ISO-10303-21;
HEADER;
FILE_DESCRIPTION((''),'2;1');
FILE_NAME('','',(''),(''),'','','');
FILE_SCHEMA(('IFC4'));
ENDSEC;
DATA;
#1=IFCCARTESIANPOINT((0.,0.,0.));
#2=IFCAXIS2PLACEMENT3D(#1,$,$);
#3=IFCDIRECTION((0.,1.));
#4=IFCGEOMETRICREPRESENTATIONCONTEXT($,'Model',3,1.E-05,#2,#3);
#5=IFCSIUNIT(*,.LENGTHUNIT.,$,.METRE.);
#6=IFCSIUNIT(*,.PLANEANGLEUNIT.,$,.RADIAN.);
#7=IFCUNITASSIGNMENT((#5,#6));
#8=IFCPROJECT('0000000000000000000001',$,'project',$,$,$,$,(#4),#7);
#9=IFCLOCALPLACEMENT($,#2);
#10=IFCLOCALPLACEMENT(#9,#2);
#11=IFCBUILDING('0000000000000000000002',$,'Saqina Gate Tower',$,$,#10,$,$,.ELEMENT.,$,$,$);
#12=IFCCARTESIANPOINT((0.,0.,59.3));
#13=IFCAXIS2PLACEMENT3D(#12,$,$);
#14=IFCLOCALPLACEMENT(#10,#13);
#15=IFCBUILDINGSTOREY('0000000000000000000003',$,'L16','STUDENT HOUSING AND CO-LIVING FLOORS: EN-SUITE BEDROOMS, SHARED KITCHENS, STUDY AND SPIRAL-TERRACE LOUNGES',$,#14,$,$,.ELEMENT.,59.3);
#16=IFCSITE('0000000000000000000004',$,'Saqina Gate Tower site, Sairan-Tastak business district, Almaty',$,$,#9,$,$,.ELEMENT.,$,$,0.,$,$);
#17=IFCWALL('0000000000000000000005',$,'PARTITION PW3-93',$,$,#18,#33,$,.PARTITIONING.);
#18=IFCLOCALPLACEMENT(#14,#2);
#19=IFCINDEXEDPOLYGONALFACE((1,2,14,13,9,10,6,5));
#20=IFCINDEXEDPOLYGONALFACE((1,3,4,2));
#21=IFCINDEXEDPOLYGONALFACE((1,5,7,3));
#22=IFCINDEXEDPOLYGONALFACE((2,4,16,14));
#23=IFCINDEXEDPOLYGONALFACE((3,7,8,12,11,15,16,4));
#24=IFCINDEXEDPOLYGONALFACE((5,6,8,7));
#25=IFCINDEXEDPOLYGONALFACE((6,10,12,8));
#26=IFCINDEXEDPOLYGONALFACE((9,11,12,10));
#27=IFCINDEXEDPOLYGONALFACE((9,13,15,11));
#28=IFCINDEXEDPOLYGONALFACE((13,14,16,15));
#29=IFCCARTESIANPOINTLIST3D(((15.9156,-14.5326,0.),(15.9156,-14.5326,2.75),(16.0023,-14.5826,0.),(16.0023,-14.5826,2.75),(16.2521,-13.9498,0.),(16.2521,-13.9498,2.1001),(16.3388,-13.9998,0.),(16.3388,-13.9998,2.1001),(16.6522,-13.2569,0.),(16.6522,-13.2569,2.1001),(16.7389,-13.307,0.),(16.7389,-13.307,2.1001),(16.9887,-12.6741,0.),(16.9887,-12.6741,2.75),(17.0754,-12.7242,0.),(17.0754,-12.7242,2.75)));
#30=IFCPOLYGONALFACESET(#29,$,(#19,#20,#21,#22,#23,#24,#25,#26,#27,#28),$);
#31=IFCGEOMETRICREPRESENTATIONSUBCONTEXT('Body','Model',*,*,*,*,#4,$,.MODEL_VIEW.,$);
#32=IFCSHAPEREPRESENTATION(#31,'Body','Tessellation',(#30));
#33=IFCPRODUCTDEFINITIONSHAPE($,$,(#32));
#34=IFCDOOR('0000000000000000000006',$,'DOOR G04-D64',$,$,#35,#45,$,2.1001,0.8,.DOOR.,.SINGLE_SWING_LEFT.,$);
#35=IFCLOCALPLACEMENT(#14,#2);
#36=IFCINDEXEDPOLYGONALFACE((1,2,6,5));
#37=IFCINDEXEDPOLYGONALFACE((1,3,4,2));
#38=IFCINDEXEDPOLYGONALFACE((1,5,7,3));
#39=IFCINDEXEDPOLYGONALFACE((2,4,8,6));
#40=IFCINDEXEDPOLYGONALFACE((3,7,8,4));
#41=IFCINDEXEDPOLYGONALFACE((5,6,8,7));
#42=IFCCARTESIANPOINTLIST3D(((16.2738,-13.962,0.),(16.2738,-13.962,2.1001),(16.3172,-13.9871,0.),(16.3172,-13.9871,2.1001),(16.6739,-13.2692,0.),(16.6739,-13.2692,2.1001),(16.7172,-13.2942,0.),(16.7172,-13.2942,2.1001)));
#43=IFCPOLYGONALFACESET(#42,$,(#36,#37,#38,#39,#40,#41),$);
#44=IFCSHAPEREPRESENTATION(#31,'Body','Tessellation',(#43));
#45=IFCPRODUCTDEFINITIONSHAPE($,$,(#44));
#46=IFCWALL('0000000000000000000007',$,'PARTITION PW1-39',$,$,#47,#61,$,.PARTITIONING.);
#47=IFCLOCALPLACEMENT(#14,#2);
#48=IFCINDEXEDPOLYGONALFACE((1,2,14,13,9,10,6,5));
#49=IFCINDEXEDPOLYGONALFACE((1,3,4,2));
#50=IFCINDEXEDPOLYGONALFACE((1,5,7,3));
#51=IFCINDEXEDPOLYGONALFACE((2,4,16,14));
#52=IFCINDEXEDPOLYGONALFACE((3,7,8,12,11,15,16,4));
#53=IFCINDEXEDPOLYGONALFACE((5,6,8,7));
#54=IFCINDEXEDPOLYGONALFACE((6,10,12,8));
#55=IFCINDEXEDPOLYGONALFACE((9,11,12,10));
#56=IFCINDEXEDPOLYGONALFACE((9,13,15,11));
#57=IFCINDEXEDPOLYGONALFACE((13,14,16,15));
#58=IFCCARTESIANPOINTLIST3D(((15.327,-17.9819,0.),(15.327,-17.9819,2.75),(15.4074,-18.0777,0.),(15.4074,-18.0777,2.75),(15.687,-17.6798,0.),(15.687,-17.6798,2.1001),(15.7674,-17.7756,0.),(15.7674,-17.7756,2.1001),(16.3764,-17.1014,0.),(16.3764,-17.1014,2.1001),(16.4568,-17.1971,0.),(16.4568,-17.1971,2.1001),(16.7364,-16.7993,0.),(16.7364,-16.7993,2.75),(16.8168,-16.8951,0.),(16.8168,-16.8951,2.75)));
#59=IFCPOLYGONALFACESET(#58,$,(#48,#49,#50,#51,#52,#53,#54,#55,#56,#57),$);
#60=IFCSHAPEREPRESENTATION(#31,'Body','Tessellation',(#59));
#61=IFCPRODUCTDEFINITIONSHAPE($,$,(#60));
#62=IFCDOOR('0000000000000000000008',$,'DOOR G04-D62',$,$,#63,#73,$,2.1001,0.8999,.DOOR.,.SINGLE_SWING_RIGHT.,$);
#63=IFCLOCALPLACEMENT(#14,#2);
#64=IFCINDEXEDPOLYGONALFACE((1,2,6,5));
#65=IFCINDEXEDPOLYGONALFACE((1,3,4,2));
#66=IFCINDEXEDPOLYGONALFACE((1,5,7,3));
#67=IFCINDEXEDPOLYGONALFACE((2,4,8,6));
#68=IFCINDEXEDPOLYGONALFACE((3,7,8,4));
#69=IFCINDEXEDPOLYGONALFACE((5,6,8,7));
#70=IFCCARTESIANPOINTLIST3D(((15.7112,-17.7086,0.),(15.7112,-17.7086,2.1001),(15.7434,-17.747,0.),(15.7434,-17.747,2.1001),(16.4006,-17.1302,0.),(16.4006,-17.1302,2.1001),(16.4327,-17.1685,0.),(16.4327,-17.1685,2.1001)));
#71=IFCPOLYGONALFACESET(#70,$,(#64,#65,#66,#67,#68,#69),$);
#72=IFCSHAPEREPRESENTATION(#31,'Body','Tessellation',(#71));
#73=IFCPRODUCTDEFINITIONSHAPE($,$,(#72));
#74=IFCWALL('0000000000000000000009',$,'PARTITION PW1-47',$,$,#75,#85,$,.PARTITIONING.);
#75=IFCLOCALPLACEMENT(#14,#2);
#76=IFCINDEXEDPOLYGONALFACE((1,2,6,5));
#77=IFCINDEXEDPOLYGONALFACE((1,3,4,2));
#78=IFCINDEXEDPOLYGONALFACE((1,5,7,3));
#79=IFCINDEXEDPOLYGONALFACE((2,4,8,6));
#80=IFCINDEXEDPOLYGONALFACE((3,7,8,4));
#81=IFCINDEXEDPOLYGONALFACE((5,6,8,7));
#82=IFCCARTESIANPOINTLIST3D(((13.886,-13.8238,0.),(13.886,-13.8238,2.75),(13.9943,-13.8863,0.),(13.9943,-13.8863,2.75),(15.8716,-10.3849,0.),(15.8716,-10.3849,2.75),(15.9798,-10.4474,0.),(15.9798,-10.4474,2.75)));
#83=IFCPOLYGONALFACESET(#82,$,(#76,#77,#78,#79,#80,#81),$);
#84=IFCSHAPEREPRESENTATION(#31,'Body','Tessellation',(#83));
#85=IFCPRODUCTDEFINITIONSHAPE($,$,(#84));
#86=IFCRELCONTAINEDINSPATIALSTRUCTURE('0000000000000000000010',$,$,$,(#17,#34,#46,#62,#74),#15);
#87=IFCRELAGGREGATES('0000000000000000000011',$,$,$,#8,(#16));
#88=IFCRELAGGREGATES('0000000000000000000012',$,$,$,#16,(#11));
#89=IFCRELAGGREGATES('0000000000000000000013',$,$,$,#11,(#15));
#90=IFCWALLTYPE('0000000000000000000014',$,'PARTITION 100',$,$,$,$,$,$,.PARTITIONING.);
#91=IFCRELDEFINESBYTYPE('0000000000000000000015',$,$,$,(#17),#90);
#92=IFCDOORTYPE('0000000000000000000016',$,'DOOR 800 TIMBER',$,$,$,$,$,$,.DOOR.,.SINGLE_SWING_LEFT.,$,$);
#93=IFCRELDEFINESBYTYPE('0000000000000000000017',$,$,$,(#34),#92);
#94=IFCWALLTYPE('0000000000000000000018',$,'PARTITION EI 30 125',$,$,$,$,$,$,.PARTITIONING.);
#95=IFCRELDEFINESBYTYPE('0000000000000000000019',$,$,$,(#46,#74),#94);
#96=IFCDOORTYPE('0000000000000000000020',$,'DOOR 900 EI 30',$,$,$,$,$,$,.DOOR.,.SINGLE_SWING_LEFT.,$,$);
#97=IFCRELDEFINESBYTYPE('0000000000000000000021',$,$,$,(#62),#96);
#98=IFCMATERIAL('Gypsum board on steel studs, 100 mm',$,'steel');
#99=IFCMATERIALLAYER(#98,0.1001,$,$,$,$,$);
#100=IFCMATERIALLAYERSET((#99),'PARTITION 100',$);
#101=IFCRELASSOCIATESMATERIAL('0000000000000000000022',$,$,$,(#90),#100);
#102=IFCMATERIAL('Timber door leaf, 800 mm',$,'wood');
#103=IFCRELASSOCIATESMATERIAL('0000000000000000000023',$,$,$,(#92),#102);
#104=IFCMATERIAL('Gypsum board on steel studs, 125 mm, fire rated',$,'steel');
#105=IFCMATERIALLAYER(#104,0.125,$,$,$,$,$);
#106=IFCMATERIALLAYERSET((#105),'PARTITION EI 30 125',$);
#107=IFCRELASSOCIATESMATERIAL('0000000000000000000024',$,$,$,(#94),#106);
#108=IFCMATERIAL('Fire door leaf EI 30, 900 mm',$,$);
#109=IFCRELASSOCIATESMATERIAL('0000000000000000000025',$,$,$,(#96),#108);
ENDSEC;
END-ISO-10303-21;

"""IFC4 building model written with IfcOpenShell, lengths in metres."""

from ifc_helpers import new_model, si_unit, direction, frame, frame_2d, origin, place, context, subcontext, project, spatial, rectangle, extrude, material, layer, layer_set, type_object, element, fill, save


model = new_model("IFC4")

# Units and contexts
model_context = context("Model", 3, precision=1e-05, world=origin(), true_north=direction((0.0, 1.0)))
body_context = subcontext(model_context, "Body", "Model", "MODEL_VIEW")
ifc_project = project(units=[si_unit("LENGTHUNIT", "METRE"), si_unit("PLANEANGLEUNIT", "RADIAN")], contexts=[model_context])

# Site, building, storey
site_placement = place(None, origin())
site = spatial("IfcSite", under=ifc_project, at=site_placement, Name="Saqina Gate Tower site, Sairan-Tastak business district, Almaty", CompositionType="ELEMENT", RefElevation=0.0)
building_placement = place(site_placement, origin())
building = spatial("IfcBuilding", under=site, at=building_placement, Name="Saqina Gate Tower", CompositionType="ELEMENT")
storey_placement = place(building_placement, frame((0.0, 0.0, 59.3)))
storey = spatial("IfcBuildingStorey", under=building, at=storey_placement, Name="L16", Description="STUDENT HOUSING AND CO-LIVING FLOORS: EN-SUITE BEDROOMS, SHARED KITCHENS, STUDY AND SPIRAL-TERRACE LOUNGES", CompositionType="ELEMENT", Elevation=59.3)

# Shared definitions
ifc_material_1 = material(Name="Gypsum board on steel studs, 100 mm", Category="steel")
ifc_layer_1 = layer(ifc_material_1, 0.1001)
ifc_layer_set_1 = layer_set([ifc_layer_1], Name="PARTITION 100")
wall_type_1 = type_object("IfcWallType", Name="PARTITION 100", PredefinedType="PARTITIONING", material=ifc_layer_set_1)

# Shared definitions
ifc_material_2 = material(Name="Timber door leaf, 800 mm", Category="wood")
door_type_1 = type_object("IfcDoorType", Name="DOOR 800 TIMBER", OperationType="SINGLE_SWING_LEFT", PredefinedType="DOOR", material=ifc_material_2)

# Walls, openings, doors
wall_1_placement = place(storey_placement, frame((15.959, -14.5576, 0.0), z_axis=(0.0, 0.0, 1.0), x_axis=(0.500018, 0.866015, 0.0)))
wall_1 = element("IfcWall", 1, at=wall_1_placement, inside=storey, type_object=wall_type_1, Name="PARTITION PW3-93", PredefinedType="PARTITIONING", context=body_context, shape_type="SweptSolid", body=[
    extrude(rectangle(XDim=2.146, YDim=0.1001, at=frame_2d((1.073, 0.0))), origin(), (0.0, 0.0, 1.0), 2.75),
])
opening_1_placement = place(wall_1_placement, frame((0.6731, 0.0, 0.0)))
opening_1 = element("IfcOpeningElement", 2, at=opening_1_placement, cuts=wall_1, PredefinedType="OPENING", context=body_context, shape_type="SweptSolid", body=[
    extrude(rectangle(XDim=0.8, YDim=2.1001, at=frame_2d((0.3999, 1.05))), frame((0.0, 0.062, 0.0), z_axis=(0.0, -1.0, 0.0), x_axis=(1.0, 0.0, 0.0)), (0.0, 0.0, 1.0), 0.124),
])
door_1_placement = place(opening_1_placement, frame((0.8, 0.0, 0.0), z_axis=(0.0, 0.0, 1.0), x_axis=(-1.0, 0.0, 0.0)))
door_1 = element("IfcDoor", 3, at=door_1_placement, inside=storey, type_object=door_type_1, Name="DOOR G04-D64", OperationType="SINGLE_SWING_LEFT", OverallHeight=2.1001, OverallWidth=0.8, PredefinedType="DOOR", context=body_context, shape_type="SweptSolid", body=[
    extrude(rectangle(XDim=0.8, YDim=2.1001, at=frame_2d((0.3999, 1.05))), frame((0.0, 0.0249, 0.0), z_axis=(0.0, -1.0, 0.0), x_axis=(1.0, 0.0, 0.0)), (0.0, 0.0, 1.0), 0.05),
])
fill(opening_1, door_1)
ifc_material_3 = material(Name="Gypsum board on steel studs, 125 mm, fire rated", Category="steel")
ifc_layer_2 = layer(ifc_material_3, 0.125)
ifc_layer_set_2 = layer_set([ifc_layer_2], Name="PARTITION EI 30 125")
wall_type_2 = type_object("IfcWallType", Name="PARTITION EI 30 125", PredefinedType="PARTITIONING", material=ifc_layer_set_2)
wall_2_placement = place(storey_placement, frame((15.3672, -18.0298, 0.0), z_axis=(0.0, 0.0, 1.0), x_axis=(0.766052, 0.642778, 0.0)))
wall_2 = element("IfcWall", 4, at=wall_2_placement, inside=storey, type_object=wall_type_2, Name="PARTITION PW1-39", PredefinedType="PARTITIONING", context=body_context, shape_type="SweptSolid", body=[
    extrude(rectangle(XDim=1.8398, YDim=0.125, at=frame_2d((0.9199, 0.0))), origin(), (0.0, 0.0, 1.0), 2.75),
])
opening_2_placement = place(wall_2_placement, frame((0.47, 0.0, 0.0)))
opening_2 = element("IfcOpeningElement", 5, at=opening_2_placement, cuts=wall_2, PredefinedType="OPENING", context=body_context, shape_type="SweptSolid", body=[
    extrude(rectangle(XDim=0.8999, YDim=2.1001, at=frame_2d((0.45, 1.05))), frame((0.0, 0.0745, 0.0), z_axis=(0.0, -1.0, 0.0), x_axis=(1.0, 0.0, 0.0)), (0.0, 0.0, 1.0), 0.1489),
])
ifc_material_4 = material(Name="Fire door leaf EI 30, 900 mm")
door_type_2 = type_object("IfcDoorType", Name="DOOR 900 EI 30", OperationType="SINGLE_SWING_LEFT", PredefinedType="DOOR", material=ifc_material_4)
door_2_placement = place(opening_2_placement, origin())
door_2 = element("IfcDoor", 6, at=door_2_placement, inside=storey, type_object=door_type_2, Name="DOOR G04-D62", OperationType="SINGLE_SWING_RIGHT", OverallHeight=2.1001, OverallWidth=0.8999, PredefinedType="DOOR", context=body_context, shape_type="SweptSolid", body=[
    extrude(rectangle(XDim=0.8999, YDim=2.1001, at=frame_2d((0.45, 1.05))), frame((0.0, 0.0249, 0.0), z_axis=(0.0, -1.0, 0.0), x_axis=(1.0, 0.0, 0.0)), (0.0, 0.0, 1.0), 0.05),
])
fill(opening_2, door_2)

# Wall
wall_3_placement = place(storey_placement, frame((13.9402, -13.855, 0.0), z_axis=(0.0, 0.0, 1.0), x_axis=(0.50002, 0.866014, 0.0)))
element("IfcWall", 7, at=wall_3_placement, inside=storey, type_object=wall_type_2, Name="PARTITION PW1-47", PredefinedType="PARTITIONING", context=body_context, shape_type="SweptSolid", body=[
    extrude(rectangle(XDim=3.9709, YDim=0.125, at=frame_2d((1.9854, 0.0))), origin(), (0.0, 0.0, 1.0), 2.75),
])

save(model, "model.ifc")
